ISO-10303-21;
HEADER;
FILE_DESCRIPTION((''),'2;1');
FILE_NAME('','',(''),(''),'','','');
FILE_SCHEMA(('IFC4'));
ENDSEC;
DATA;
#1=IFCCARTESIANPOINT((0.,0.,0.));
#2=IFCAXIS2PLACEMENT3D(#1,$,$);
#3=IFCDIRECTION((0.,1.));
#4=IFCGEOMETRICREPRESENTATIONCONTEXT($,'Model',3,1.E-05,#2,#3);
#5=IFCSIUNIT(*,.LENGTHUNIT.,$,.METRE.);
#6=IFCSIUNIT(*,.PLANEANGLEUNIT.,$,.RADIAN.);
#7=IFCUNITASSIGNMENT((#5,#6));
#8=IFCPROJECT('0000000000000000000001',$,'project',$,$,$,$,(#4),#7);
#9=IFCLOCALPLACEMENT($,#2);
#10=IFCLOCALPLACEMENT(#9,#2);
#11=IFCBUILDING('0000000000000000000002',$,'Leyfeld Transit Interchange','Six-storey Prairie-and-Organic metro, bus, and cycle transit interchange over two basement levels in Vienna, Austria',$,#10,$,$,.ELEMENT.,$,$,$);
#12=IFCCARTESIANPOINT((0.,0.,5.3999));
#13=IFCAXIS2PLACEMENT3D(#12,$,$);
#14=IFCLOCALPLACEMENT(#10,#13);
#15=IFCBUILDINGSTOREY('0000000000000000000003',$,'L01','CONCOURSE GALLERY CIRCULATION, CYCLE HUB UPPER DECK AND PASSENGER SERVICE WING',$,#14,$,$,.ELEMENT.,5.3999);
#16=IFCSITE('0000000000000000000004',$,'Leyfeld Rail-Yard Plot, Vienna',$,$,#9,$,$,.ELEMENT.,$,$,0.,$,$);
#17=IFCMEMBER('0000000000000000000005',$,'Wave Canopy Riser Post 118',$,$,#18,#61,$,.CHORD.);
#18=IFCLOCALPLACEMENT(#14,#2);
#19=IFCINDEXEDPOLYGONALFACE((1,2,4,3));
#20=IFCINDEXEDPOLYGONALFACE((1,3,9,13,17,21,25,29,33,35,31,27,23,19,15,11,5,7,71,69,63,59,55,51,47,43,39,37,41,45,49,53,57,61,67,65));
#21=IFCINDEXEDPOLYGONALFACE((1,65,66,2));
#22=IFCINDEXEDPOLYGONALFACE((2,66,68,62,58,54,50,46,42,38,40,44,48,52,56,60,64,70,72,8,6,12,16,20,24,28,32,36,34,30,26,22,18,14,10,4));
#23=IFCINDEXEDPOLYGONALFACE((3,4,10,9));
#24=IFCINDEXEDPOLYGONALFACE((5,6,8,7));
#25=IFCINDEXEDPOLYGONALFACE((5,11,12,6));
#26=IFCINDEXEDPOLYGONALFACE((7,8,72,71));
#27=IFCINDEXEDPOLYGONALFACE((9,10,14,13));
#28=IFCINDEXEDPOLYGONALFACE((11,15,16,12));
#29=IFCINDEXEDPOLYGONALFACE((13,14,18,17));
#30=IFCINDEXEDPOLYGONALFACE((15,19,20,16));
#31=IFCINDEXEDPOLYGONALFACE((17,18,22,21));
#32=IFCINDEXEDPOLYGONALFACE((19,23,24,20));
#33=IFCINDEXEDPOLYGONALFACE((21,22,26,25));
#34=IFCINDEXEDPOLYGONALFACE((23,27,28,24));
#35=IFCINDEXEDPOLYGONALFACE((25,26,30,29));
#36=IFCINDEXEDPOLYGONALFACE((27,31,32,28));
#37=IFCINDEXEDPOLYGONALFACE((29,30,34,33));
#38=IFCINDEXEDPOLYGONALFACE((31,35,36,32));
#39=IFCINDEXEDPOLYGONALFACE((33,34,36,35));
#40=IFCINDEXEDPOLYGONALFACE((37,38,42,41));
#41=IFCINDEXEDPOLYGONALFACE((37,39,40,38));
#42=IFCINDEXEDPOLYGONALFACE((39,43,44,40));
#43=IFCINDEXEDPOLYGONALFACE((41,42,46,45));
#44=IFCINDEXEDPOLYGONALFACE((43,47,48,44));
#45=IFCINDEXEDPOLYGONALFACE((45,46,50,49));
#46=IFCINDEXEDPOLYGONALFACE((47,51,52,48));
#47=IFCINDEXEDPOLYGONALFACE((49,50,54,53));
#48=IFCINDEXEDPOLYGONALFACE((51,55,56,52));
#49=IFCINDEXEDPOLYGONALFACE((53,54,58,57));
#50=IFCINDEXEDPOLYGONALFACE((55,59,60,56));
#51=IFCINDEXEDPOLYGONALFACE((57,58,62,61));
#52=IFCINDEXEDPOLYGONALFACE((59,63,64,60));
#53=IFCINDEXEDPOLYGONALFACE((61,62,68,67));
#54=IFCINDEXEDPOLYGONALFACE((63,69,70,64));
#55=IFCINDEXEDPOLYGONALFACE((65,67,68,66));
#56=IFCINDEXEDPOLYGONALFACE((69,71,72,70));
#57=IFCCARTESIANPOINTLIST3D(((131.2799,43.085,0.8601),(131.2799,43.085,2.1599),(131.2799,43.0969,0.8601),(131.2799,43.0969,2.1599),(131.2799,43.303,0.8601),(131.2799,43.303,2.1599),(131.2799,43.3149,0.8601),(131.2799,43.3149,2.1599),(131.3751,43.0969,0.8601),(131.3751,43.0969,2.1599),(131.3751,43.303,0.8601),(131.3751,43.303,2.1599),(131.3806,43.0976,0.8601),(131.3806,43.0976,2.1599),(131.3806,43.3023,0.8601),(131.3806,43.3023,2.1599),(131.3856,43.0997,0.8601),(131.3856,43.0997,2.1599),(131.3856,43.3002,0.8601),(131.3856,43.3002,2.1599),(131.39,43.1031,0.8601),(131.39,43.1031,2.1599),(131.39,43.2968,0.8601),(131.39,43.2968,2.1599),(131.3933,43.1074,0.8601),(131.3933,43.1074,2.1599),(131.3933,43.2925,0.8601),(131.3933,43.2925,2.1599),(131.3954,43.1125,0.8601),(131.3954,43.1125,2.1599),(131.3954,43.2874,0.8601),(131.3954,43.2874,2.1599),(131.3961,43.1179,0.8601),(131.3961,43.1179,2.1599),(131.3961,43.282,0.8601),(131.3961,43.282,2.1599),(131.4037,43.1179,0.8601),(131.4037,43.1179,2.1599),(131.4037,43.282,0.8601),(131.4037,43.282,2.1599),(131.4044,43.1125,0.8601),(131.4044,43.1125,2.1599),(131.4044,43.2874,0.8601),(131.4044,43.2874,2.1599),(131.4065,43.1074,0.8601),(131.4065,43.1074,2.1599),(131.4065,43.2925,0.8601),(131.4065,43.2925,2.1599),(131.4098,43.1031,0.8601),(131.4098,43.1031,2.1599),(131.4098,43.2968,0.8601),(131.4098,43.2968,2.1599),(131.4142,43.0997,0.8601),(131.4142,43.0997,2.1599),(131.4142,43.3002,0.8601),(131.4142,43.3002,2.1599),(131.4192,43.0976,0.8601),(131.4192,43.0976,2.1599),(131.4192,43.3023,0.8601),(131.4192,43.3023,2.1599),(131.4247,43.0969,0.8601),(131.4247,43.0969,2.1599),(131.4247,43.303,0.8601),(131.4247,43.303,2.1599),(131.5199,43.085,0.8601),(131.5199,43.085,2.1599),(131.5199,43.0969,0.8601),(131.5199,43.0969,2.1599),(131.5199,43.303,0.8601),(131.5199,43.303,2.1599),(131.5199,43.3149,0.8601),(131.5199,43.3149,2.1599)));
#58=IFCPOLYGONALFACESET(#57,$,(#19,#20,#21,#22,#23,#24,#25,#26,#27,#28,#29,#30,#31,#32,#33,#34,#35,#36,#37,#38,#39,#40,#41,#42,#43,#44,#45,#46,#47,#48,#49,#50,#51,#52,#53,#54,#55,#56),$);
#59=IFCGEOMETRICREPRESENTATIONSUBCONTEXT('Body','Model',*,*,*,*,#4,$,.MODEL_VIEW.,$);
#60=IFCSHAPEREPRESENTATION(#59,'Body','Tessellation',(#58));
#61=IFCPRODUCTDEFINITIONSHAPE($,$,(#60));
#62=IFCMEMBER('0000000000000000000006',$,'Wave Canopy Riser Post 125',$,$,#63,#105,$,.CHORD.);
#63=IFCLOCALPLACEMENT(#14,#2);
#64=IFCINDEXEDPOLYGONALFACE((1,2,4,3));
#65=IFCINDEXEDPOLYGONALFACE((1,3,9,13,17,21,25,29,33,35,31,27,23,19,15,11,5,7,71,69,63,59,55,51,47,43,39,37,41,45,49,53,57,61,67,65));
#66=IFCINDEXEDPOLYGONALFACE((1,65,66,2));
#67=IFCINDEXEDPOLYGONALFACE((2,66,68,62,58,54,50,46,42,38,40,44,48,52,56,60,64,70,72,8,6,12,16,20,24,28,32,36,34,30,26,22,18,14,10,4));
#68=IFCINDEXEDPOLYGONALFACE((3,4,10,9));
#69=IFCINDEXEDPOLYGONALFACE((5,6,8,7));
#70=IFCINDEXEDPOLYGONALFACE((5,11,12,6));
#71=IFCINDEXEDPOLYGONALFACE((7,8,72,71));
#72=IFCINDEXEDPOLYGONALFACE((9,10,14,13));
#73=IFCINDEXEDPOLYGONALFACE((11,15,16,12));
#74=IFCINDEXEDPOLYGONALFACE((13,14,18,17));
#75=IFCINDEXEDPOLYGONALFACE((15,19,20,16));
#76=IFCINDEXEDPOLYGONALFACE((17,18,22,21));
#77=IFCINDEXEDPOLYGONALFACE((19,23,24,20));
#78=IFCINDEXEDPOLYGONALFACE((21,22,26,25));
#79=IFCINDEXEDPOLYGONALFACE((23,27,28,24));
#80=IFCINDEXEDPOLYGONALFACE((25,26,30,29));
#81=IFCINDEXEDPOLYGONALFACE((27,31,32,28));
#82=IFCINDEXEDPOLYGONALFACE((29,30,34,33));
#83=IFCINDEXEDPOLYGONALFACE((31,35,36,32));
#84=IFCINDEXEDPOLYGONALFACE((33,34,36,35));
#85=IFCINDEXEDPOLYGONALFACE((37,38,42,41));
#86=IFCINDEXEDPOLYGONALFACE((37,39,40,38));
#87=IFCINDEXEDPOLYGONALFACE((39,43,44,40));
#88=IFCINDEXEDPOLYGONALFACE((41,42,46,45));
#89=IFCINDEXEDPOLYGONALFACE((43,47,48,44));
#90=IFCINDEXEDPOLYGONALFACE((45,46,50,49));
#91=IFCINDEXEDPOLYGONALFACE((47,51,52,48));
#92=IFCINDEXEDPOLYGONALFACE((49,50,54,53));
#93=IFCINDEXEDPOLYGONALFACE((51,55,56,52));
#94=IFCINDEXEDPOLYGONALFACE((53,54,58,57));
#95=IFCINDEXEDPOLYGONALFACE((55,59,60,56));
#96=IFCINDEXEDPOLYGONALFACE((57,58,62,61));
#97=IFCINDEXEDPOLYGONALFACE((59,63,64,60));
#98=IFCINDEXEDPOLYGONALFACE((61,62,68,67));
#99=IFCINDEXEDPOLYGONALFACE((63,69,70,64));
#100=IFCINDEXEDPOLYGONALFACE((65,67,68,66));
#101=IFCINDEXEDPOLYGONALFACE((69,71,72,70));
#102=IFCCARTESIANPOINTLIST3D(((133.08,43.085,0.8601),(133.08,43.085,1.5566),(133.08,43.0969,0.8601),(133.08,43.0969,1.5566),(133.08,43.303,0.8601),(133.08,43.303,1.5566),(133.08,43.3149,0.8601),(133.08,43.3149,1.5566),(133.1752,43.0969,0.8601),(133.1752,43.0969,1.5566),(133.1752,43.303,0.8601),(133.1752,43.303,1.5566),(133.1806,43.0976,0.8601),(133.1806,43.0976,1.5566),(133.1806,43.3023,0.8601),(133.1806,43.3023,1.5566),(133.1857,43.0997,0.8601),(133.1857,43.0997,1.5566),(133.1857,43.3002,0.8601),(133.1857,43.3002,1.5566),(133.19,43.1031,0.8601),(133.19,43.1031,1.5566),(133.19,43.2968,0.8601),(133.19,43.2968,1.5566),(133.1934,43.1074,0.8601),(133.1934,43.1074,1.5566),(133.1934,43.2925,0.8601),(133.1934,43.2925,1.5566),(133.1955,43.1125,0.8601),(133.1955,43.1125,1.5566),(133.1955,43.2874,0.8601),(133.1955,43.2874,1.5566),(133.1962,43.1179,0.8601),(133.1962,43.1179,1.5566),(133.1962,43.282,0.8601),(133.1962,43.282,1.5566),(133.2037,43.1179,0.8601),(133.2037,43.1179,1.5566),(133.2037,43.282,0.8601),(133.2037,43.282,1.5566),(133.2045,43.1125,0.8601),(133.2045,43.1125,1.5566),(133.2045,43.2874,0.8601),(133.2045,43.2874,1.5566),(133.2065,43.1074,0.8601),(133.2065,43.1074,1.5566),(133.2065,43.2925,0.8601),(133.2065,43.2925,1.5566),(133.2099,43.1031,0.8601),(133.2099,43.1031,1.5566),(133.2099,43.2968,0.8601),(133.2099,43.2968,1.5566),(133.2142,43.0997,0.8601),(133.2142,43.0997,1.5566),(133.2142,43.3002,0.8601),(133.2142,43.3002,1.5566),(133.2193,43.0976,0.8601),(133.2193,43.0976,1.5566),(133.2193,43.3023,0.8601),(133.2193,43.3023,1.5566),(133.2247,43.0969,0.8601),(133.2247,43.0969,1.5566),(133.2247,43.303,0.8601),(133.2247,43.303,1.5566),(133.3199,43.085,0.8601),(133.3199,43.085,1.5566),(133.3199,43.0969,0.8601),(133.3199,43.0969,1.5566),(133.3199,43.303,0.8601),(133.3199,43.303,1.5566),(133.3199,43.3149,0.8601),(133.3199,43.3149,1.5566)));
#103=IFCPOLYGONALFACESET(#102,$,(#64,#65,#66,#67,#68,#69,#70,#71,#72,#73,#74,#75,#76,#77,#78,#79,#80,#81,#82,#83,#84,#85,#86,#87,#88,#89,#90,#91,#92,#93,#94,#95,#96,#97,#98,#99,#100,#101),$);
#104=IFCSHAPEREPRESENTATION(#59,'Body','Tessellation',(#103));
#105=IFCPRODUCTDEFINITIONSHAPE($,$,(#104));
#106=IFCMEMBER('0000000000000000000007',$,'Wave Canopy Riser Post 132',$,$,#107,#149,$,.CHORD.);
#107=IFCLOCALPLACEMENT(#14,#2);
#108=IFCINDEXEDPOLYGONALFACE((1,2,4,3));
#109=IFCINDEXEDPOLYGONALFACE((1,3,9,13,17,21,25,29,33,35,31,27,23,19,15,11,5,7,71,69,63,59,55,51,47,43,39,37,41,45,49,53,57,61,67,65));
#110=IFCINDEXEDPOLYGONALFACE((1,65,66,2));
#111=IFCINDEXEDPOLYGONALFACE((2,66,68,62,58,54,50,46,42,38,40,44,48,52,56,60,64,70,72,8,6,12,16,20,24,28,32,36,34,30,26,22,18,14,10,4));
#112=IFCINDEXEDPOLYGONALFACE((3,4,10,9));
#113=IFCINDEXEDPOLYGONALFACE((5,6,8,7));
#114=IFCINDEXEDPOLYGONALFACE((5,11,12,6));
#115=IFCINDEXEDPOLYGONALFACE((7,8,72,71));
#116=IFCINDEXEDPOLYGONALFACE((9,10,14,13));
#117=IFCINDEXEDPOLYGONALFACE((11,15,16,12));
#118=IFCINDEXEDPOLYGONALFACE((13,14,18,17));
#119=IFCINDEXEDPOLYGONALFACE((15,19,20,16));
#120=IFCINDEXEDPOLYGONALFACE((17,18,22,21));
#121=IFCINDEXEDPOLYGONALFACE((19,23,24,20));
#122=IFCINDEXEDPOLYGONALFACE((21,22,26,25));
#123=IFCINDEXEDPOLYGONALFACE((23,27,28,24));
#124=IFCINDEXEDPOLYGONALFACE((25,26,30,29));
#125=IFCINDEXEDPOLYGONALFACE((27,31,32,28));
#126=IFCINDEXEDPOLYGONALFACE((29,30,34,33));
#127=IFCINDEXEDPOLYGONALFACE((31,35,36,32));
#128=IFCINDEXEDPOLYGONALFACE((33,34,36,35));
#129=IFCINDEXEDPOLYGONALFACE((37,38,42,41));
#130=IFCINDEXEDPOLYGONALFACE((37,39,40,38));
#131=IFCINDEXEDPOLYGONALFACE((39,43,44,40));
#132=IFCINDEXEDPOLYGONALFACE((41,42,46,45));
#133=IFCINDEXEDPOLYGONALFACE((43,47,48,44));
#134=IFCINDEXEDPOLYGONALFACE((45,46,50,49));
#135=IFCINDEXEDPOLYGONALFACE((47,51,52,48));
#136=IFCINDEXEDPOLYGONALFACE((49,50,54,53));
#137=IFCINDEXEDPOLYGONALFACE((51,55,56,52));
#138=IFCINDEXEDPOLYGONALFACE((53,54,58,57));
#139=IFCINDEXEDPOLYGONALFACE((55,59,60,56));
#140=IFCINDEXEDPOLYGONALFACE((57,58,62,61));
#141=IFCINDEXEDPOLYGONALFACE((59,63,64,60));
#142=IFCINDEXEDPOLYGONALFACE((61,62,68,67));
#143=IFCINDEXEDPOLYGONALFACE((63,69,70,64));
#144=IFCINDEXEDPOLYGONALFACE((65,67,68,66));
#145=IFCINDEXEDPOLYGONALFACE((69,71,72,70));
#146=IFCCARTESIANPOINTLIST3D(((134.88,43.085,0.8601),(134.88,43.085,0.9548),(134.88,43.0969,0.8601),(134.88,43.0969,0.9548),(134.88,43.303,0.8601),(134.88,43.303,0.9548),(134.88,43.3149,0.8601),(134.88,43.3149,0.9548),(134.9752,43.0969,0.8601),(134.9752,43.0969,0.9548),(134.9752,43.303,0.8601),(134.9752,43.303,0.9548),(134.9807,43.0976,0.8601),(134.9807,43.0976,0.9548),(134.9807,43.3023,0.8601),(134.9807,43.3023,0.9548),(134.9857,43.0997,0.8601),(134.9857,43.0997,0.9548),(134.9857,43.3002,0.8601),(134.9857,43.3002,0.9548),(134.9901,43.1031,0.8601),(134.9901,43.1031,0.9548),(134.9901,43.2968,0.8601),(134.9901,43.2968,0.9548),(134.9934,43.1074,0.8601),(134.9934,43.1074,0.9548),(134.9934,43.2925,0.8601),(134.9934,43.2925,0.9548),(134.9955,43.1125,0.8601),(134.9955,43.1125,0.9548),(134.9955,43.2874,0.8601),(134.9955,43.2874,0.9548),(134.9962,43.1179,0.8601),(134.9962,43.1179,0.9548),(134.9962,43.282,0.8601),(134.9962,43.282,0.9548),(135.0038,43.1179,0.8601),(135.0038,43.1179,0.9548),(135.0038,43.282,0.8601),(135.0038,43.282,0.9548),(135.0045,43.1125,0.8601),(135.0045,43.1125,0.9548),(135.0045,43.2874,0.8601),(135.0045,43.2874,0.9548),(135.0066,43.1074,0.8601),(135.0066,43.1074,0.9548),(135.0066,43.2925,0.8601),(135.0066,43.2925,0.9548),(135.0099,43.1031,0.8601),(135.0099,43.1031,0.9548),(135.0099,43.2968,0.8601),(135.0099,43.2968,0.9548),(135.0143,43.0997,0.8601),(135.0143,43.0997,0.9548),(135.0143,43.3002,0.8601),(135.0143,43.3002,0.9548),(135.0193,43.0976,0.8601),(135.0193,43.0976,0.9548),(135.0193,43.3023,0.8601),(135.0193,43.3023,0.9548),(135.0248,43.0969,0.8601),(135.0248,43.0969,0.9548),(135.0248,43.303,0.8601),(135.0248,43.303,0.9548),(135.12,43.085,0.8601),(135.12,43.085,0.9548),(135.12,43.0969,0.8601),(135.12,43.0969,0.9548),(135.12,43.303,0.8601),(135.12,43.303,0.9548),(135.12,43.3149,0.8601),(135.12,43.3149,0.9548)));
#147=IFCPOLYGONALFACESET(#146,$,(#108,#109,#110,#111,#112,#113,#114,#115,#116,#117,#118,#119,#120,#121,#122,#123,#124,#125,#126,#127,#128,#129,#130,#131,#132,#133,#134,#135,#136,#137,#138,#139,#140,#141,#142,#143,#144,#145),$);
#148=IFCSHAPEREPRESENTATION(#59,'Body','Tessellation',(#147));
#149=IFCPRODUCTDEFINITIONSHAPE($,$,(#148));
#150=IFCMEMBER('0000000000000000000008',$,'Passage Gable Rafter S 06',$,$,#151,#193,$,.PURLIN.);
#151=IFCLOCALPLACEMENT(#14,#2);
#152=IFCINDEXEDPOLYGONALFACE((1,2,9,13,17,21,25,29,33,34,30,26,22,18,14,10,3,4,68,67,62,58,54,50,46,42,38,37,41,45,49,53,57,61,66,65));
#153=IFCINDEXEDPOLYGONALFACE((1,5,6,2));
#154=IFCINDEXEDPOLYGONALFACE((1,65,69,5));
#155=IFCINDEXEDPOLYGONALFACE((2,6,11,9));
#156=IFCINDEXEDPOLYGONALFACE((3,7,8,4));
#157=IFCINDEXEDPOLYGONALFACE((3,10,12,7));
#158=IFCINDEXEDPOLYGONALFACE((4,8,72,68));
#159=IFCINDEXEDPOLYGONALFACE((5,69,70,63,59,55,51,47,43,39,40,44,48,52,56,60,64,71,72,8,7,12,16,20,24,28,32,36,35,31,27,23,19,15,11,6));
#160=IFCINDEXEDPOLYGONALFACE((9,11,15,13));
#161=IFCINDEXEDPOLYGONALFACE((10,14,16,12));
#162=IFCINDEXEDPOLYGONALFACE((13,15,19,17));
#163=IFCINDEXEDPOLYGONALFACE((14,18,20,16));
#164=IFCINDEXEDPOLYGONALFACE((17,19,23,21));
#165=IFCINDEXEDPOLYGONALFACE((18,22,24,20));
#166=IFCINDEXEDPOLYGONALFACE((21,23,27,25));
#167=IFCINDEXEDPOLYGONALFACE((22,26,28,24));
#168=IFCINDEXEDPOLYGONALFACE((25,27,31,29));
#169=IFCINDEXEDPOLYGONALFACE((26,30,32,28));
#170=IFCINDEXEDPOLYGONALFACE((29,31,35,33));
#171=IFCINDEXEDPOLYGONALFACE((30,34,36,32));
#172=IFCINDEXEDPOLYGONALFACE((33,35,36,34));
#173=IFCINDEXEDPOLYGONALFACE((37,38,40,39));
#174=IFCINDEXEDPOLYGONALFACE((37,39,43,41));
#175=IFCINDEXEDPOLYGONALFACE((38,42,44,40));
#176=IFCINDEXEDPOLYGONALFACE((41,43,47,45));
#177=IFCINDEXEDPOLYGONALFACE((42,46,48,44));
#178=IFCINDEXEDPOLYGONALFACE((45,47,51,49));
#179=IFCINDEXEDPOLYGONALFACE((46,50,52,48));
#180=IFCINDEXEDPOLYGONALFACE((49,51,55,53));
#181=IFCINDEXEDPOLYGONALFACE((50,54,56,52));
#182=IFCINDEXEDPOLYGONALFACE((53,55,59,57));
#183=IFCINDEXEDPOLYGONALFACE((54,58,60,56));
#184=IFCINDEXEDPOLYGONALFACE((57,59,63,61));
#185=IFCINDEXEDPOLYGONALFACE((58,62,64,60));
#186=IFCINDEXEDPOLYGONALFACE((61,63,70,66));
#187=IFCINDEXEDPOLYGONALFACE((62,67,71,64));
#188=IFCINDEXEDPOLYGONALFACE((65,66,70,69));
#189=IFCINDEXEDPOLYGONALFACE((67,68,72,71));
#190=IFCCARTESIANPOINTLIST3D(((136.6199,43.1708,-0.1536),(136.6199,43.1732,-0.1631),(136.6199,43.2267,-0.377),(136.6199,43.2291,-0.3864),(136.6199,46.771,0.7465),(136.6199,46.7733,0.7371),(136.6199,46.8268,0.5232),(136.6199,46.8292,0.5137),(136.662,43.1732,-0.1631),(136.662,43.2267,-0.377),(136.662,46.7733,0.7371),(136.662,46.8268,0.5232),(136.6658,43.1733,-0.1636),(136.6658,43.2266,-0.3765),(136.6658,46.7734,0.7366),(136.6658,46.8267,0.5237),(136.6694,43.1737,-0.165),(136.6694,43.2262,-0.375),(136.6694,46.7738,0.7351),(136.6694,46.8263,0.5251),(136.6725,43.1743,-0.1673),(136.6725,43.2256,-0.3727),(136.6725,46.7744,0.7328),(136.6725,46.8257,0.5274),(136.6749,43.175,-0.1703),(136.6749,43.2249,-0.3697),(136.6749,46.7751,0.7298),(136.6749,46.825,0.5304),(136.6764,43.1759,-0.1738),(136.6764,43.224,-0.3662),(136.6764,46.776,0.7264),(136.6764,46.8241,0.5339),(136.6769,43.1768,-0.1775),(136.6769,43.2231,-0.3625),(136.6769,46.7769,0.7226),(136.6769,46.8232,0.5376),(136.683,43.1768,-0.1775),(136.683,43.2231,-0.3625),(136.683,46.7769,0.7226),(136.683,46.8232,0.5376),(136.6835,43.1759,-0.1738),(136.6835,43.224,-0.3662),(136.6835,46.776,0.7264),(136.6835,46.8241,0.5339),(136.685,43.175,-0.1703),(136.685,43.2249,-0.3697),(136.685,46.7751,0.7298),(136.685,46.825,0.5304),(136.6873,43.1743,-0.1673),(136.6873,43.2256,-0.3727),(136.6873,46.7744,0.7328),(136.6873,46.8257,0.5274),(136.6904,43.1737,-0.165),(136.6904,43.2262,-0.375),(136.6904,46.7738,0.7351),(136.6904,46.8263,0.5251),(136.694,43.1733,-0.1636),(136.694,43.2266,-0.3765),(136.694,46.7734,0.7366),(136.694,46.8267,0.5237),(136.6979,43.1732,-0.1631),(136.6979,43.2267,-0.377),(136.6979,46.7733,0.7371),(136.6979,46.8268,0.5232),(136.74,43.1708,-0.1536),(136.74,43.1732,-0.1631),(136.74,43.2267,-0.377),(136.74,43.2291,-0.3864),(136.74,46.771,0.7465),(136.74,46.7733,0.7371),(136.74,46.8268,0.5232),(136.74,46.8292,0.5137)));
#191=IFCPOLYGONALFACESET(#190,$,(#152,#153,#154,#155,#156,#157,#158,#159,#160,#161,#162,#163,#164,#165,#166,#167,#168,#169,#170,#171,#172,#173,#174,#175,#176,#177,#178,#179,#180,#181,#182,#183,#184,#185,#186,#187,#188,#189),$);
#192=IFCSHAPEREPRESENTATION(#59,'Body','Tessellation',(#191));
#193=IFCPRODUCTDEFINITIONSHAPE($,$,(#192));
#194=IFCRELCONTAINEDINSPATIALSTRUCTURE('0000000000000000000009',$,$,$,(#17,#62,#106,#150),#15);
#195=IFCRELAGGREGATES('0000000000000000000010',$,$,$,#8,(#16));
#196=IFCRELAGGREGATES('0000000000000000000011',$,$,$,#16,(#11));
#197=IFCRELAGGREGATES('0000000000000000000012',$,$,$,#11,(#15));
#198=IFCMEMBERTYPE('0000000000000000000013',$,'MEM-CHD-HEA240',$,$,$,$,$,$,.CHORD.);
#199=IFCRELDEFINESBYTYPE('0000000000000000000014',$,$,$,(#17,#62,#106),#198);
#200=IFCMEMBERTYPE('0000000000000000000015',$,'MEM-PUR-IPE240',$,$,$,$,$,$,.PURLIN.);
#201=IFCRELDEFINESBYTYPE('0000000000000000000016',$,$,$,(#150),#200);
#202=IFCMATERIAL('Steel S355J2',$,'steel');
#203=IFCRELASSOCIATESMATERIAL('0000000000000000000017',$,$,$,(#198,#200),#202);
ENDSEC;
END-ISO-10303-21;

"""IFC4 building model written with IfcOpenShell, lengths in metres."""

from ifc_helpers import new_model, si_unit, direction, frame, origin, origin_2d, place, context, subcontext, project, spatial, i_section, extrude, material, material_profile, profile_set, type_object, element, save


model = new_model("IFC4")

# Units and contexts
model_context = context("Model", 3, precision=1e-05, world=origin(), true_north=direction((0.0, 1.0)))
body_context = subcontext(model_context, "Body", "Model", "MODEL_VIEW")
ifc_project = project(units=[si_unit("LENGTHUNIT", "METRE"), si_unit("PLANEANGLEUNIT", "RADIAN")], contexts=[model_context])

# Site, building, storey
site_placement = place(None, origin())
site = spatial("IfcSite", under=ifc_project, at=site_placement, Name="Leyfeld Rail-Yard Plot, Vienna", CompositionType="ELEMENT", RefElevation=0.0)
building_placement = place(site_placement, origin())
building = spatial("IfcBuilding", under=site, at=building_placement, Name="Leyfeld Transit Interchange", Description="Six-storey Prairie-and-Organic metro, bus, and cycle transit interchange over two basement levels in Vienna, Austria", CompositionType="ELEMENT")
storey_placement = place(building_placement, frame((0.0, 0.0, 5.3999)))
storey = spatial("IfcBuildingStorey", under=building, at=storey_placement, Name="L01", Description="CONCOURSE GALLERY CIRCULATION, CYCLE HUB UPPER DECK AND PASSENGER SERVICE WING", CompositionType="ELEMENT", Elevation=5.3999)

# Shared definitions
ifc_material_1 = material(Name="Steel S355J2", Category="steel")

# Members
ifc_material_profile_1 = material_profile(ifc_material_1, i_section(OverallWidth=0.24, OverallDepth=0.23, WebThickness=0.0076, FlangeThickness=0.012, FilletRadius=0.021, at=origin_2d()), Name="HEA 240")
ifc_profile_set_1 = profile_set([ifc_material_profile_1], Name="Steel S355J2")
member_type_1 = type_object("IfcMemberType", Name="MEM-CHD-HEA240", PredefinedType="CHORD", material=ifc_profile_set_1)
member_1_placement = place(storey_placement, frame((131.3999, 43.2, 0.8601), z_axis=(0.0, 0.0, 1.0), x_axis=(1.0, 0.0, 0.0)))
element("IfcMember", 1, at=member_1_placement, inside=storey, type_object=member_type_1, Name="Wave Canopy Riser Post 118", PredefinedType="CHORD", context=body_context, shape_type="SweptSolid", body=[
    extrude(i_section(OverallWidth=0.24, OverallDepth=0.23, WebThickness=0.0076, FlangeThickness=0.012, FilletRadius=0.021, at=origin_2d()), origin(), (0.0, 0.0, 1.0), 1.2998),
])
member_2_placement = place(storey_placement, frame((133.2, 43.2, 0.8601), z_axis=(0.0, 0.0, 1.0), x_axis=(1.0, 0.0, 0.0)))
element("IfcMember", 2, at=member_2_placement, inside=storey, type_object=member_type_1, Name="Wave Canopy Riser Post 125", PredefinedType="CHORD", context=body_context, shape_type="SweptSolid", body=[
    extrude(i_section(OverallWidth=0.24, OverallDepth=0.23, WebThickness=0.0076, FlangeThickness=0.012, FilletRadius=0.021, at=origin_2d()), origin(), (0.0, 0.0, 1.0), 0.6965),
])
member_3_placement = place(storey_placement, frame((135.0, 43.2, 0.8601), z_axis=(0.0, 0.0, 1.0), x_axis=(1.0, 0.0, 0.0)))
element("IfcMember", 3, at=member_3_placement, inside=storey, type_object=member_type_1, Name="Wave Canopy Riser Post 132", PredefinedType="CHORD", context=body_context, shape_type="SweptSolid", body=[
    extrude(i_section(OverallWidth=0.24, OverallDepth=0.23, WebThickness=0.0076, FlangeThickness=0.012, FilletRadius=0.021, at=origin_2d()), origin(), (0.0, 0.0, 1.0), 0.0947),
])
ifc_material_profile_2 = material_profile(ifc_material_1, i_section(OverallWidth=0.1201, OverallDepth=0.24, WebThickness=0.0061, FlangeThickness=0.0098, FilletRadius=0.0149, at=origin_2d()), Name="IPE 240")
ifc_profile_set_2 = profile_set([ifc_material_profile_2], Name="Steel S355J2")
member_type_2 = type_object("IfcMemberType", Name="MEM-PUR-IPE240", PredefinedType="PURLIN", material=ifc_profile_set_2)
member_4_placement = place(storey_placement, frame((136.6799, 43.2, -0.27), z_axis=(0.0, 0.970135, 0.242567), x_axis=(-1.0, 0.0, 0.0)))
element("IfcMember", 4, at=member_4_placement, inside=storey, type_object=member_type_2, Name="Passage Gable Rafter S 06", PredefinedType="PURLIN", context=body_context, shape_type="SweptSolid", body=[
    extrude(i_section(OverallWidth=0.1201, OverallDepth=0.24, WebThickness=0.0061, FlangeThickness=0.0098, FilletRadius=0.0149, at=origin_2d()), origin(), (0.0, 0.0, 1.0), 3.7109),
])

save(model, "model.ifc")
